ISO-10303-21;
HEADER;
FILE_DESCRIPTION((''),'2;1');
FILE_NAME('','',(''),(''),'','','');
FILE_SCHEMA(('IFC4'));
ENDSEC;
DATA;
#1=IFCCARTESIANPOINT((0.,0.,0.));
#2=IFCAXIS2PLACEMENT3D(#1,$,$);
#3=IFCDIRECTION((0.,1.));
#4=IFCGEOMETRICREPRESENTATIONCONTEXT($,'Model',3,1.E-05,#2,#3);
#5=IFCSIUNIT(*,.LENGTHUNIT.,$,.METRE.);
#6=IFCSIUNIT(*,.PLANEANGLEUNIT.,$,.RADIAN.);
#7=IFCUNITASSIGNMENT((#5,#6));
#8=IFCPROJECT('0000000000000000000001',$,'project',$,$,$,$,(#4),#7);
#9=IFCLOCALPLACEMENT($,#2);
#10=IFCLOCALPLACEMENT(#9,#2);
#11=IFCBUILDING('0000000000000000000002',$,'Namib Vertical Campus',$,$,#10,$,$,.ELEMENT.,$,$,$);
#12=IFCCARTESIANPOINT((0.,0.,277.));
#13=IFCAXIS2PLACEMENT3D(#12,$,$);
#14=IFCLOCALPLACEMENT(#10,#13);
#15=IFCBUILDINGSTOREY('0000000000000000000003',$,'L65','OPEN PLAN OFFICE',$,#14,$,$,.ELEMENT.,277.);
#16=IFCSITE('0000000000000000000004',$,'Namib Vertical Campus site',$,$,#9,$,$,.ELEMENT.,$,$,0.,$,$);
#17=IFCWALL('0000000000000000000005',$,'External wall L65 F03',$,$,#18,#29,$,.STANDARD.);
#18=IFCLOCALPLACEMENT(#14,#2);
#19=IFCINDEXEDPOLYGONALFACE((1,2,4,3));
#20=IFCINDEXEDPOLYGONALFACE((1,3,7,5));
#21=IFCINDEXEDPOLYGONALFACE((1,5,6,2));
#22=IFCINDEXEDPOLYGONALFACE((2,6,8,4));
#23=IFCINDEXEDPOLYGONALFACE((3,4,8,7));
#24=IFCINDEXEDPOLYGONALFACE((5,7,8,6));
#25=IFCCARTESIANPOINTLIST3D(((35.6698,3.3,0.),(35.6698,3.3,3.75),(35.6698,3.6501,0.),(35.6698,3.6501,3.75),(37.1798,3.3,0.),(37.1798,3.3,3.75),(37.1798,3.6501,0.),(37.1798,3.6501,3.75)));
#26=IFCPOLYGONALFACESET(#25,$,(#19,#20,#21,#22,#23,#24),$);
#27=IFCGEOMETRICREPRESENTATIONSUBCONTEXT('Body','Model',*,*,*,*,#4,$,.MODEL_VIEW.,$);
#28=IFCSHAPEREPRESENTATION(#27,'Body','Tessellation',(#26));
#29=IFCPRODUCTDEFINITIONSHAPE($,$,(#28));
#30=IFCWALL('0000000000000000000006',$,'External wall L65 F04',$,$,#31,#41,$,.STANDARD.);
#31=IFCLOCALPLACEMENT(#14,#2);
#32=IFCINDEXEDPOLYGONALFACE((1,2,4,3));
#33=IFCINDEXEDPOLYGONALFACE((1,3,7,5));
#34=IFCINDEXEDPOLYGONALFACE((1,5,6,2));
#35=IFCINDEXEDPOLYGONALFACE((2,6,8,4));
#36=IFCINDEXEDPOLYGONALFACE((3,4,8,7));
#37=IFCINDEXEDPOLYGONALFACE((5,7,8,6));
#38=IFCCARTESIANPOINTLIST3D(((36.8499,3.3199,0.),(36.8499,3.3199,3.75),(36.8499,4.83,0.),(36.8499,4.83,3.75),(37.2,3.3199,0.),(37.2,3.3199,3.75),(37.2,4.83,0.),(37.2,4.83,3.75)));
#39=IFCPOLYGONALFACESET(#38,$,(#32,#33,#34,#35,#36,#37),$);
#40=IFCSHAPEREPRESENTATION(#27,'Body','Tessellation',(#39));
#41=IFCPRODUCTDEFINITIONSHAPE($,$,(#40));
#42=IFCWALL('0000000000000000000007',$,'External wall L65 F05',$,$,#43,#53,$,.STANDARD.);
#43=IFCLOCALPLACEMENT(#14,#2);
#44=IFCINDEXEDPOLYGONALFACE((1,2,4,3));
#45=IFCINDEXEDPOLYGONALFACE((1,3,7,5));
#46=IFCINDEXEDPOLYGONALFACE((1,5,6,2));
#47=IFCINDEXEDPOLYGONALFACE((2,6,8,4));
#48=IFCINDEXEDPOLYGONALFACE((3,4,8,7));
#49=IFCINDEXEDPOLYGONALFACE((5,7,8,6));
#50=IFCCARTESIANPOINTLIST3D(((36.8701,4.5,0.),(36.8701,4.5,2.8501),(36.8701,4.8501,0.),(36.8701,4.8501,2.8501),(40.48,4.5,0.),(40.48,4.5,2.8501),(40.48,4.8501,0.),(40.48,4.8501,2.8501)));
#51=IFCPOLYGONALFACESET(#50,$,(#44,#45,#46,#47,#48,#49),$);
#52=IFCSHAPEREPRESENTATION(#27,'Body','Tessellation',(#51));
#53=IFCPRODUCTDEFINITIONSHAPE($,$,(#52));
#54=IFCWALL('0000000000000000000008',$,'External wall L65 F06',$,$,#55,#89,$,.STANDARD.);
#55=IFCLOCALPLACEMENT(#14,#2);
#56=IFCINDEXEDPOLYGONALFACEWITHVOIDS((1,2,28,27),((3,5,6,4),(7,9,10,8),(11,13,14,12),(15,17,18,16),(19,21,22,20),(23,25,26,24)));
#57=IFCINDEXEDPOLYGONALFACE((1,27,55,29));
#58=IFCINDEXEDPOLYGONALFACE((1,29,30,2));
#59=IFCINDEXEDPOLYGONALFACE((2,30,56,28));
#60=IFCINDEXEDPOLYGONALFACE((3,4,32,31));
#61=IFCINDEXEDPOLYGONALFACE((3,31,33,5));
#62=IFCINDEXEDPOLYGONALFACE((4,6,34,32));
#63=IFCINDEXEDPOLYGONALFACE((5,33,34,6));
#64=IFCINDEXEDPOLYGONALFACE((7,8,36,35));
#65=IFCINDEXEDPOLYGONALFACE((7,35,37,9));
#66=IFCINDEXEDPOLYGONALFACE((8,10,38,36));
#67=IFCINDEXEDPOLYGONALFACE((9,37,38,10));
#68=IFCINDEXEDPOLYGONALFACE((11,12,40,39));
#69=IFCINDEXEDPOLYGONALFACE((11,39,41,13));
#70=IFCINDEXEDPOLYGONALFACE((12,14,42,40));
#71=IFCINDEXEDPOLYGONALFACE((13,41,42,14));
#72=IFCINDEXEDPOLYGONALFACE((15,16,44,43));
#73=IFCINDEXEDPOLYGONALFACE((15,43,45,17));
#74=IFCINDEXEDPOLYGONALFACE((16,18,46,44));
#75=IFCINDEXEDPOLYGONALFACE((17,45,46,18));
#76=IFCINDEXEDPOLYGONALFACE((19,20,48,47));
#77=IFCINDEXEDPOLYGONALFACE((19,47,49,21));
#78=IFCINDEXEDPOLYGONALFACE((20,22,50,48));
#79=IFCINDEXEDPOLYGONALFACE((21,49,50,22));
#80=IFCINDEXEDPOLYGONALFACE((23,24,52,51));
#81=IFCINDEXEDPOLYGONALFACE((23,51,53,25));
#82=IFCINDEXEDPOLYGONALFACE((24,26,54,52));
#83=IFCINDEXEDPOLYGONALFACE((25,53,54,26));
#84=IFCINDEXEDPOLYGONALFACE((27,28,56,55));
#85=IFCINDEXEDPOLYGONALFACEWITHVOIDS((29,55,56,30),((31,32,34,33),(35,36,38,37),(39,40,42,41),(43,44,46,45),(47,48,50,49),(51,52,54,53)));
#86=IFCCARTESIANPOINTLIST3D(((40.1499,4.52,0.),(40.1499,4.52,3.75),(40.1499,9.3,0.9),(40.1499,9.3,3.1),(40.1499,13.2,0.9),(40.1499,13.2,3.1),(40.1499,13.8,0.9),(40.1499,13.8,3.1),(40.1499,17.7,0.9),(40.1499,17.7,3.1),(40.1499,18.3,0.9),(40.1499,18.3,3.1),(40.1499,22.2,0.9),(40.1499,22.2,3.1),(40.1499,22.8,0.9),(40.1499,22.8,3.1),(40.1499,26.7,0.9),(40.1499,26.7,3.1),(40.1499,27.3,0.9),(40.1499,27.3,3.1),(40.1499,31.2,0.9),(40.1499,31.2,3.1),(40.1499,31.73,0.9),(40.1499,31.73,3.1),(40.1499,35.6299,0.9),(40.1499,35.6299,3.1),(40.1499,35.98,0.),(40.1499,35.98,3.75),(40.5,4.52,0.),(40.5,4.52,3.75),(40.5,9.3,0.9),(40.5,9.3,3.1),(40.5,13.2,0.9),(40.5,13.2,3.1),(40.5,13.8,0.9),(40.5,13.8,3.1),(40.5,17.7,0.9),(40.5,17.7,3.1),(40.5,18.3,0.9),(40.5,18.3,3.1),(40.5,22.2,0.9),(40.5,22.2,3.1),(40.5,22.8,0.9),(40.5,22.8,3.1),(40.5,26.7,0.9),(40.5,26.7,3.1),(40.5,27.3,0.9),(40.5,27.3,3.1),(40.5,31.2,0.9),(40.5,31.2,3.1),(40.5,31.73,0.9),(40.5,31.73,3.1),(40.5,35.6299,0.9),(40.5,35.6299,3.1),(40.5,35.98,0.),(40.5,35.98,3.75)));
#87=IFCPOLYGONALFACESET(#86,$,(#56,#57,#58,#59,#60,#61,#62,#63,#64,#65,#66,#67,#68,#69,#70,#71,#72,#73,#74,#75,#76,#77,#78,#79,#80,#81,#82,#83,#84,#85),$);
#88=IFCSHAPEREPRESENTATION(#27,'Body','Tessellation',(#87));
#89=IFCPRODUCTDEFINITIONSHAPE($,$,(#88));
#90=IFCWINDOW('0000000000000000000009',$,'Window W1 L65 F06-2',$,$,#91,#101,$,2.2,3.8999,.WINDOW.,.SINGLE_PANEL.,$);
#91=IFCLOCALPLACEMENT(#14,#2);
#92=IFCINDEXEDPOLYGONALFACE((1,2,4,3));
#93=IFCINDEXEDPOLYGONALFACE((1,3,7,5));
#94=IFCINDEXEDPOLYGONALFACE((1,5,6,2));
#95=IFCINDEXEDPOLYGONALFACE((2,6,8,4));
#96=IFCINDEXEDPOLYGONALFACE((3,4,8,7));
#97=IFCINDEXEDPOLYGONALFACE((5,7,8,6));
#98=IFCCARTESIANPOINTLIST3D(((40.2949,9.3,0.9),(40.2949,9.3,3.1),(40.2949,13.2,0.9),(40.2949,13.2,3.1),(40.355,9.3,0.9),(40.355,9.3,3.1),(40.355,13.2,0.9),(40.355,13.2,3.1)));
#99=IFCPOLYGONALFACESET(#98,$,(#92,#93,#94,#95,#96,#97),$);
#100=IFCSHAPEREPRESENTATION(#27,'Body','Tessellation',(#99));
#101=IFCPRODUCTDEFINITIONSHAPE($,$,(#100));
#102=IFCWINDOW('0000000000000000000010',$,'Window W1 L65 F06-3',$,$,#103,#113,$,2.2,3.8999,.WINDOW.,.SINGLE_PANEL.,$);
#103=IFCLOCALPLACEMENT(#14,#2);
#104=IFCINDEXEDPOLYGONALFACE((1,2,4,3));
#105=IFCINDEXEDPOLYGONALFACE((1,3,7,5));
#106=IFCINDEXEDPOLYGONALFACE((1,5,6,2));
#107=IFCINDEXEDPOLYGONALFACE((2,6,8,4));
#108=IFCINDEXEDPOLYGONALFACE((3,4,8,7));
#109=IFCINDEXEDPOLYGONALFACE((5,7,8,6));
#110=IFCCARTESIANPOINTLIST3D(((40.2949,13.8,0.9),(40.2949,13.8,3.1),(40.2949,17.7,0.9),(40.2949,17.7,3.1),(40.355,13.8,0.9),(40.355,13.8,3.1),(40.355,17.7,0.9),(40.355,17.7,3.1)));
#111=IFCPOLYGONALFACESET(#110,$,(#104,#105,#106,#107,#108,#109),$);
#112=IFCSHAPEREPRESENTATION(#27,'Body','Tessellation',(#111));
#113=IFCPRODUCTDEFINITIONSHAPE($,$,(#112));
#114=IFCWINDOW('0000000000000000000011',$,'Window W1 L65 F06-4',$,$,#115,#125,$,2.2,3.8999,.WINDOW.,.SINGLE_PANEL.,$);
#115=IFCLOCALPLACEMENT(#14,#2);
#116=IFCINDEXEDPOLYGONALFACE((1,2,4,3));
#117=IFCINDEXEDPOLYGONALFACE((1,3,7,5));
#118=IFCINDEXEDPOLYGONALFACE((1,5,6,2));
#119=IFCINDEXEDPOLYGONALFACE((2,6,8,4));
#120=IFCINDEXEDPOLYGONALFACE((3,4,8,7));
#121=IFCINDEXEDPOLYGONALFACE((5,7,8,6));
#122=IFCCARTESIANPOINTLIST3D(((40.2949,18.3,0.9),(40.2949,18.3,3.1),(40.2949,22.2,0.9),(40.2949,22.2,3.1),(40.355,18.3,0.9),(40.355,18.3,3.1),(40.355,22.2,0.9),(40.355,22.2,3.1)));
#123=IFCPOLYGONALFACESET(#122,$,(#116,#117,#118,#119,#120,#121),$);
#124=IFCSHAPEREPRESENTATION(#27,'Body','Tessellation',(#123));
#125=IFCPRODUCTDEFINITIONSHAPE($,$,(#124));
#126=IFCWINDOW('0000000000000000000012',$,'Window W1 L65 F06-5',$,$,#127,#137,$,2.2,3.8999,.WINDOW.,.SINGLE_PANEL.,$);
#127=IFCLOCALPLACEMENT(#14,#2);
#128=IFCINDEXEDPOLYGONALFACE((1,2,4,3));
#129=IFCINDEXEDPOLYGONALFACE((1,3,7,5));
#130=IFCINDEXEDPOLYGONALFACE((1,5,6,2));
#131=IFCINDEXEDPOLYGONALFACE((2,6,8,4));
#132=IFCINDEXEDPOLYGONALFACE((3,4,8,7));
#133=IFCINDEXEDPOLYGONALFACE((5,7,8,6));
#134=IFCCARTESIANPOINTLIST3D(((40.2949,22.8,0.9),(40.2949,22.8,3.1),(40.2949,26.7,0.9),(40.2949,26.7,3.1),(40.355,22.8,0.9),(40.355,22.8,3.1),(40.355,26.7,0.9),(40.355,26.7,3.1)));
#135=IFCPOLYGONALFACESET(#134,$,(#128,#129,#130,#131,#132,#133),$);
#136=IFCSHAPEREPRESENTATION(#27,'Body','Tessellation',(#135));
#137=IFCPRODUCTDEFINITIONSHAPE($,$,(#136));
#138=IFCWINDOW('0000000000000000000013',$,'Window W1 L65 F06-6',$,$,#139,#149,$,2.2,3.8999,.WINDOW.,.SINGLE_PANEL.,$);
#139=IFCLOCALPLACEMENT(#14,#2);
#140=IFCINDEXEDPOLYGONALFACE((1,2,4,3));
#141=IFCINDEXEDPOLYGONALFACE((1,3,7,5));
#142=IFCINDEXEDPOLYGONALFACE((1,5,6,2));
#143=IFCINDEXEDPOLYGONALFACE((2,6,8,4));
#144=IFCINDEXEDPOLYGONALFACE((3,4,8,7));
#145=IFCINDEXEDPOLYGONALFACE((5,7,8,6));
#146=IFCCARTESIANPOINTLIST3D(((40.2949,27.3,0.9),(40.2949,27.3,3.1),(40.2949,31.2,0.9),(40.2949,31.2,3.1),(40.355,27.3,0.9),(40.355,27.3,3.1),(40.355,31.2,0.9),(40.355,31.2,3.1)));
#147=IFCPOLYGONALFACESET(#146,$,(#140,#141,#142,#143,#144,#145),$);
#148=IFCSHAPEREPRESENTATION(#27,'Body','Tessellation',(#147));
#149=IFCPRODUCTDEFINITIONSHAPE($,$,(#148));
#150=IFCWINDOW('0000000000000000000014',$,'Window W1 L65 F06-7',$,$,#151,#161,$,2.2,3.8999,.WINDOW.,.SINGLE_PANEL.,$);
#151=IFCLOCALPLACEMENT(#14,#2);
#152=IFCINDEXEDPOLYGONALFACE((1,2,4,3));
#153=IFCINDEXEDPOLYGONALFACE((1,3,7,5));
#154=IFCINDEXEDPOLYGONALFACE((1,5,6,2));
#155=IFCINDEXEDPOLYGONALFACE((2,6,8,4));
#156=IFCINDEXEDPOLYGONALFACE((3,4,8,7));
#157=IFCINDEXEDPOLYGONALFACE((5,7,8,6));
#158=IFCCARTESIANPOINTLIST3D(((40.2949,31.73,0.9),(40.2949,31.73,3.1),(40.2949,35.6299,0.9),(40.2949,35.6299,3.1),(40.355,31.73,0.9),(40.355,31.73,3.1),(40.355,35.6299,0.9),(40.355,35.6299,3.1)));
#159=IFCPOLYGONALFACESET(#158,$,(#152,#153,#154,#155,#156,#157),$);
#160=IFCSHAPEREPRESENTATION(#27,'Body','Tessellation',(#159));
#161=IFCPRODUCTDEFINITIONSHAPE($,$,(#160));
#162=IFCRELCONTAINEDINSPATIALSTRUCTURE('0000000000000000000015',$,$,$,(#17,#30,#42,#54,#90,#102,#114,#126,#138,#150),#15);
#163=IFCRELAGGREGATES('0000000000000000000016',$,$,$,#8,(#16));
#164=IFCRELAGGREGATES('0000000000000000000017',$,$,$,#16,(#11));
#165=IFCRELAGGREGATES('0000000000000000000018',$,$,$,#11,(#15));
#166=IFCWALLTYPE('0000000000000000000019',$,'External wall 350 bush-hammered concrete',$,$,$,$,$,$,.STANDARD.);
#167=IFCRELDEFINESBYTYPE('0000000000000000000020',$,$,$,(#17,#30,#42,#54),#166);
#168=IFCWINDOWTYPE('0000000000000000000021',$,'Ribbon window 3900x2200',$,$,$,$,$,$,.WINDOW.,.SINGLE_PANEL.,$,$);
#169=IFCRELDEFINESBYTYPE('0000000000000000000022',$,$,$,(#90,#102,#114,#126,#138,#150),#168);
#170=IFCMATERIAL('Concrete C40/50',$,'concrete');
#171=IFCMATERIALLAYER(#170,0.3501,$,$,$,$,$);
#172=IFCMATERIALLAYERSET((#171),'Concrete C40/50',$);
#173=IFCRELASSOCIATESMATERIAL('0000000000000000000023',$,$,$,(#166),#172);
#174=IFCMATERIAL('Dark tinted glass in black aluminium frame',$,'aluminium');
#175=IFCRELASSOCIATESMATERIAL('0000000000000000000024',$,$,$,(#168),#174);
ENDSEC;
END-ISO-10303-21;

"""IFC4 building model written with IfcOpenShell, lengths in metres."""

from ifc_helpers import new_model, si_unit, direction, frame, frame_2d, origin, place, context, subcontext, project, spatial, rectangle, extrude, material, layer, layer_set, type_object, element, fill, save


model = new_model("IFC4")

# Units and contexts
model_context = context("Model", 3, precision=1e-05, world=origin(), true_north=direction((0.0, 1.0)))
body_context = subcontext(model_context, "Body", "Model", "MODEL_VIEW")
ifc_project = project(units=[si_unit("LENGTHUNIT", "METRE"), si_unit("PLANEANGLEUNIT", "RADIAN")], contexts=[model_context])

# Site, building, storey
site_placement = place(None, origin())
site = spatial("IfcSite", under=ifc_project, at=site_placement, Name="Namib Vertical Campus site", CompositionType="ELEMENT", RefElevation=0.0)
building_placement = place(site_placement, origin())
building = spatial("IfcBuilding", under=site, at=building_placement, Name="Namib Vertical Campus", CompositionType="ELEMENT")
storey_placement = place(building_placement, frame((0.0, 0.0, 277.0)))
storey = spatial("IfcBuildingStorey", under=building, at=storey_placement, Name="L65", Description="OPEN PLAN OFFICE", CompositionType="ELEMENT", Elevation=277.0)

# Walls
ifc_material_1 = material(Name="Concrete C40/50", Category="concrete")
ifc_layer_1 = layer(ifc_material_1, 0.3501)
ifc_layer_set_1 = layer_set([ifc_layer_1], Name="Concrete C40/50")
wall_type = type_object("IfcWallType", Name="External wall 350 bush-hammered concrete", PredefinedType="STANDARD", material=ifc_layer_set_1)
for number, where, z_axis, x_axis, name in (
    (1, (35.6699, 3.4751, 0.0), (0.0, 0.0, 1.0), (1.0, 0.0, 0.0), "External wall L65 F03"),
    (2, (37.0249, 3.3201, 0.0), (0.0, 0.0, 1.0), (0.0, 1.0, 0.0), "External wall L65 F04"),
):
    element("IfcWall", number, at=place(storey_placement, frame(where, z_axis=z_axis, x_axis=x_axis)), inside=storey, type_object=wall_type, Name=name, PredefinedType="STANDARD", context=body_context, shape_type="SweptSolid", body=[
        extrude(rectangle(XDim=1.51, YDim=0.3501, at=frame_2d((0.7549, 0.0))), origin(), (0.0, 0.0, 1.0), 3.75),
    ])
wall_1_placement = place(storey_placement, frame((36.8701, 4.675, 0.0), z_axis=(0.0, 0.0, 1.0), x_axis=(1.0, 0.0, 0.0)))
element("IfcWall", 3, at=wall_1_placement, inside=storey, type_object=wall_type, Name="External wall L65 F05", PredefinedType="STANDARD", context=body_context, shape_type="SweptSolid", body=[
    extrude(rectangle(XDim=3.6099, YDim=0.3501, at=frame_2d((1.8049, 0.0))), origin(), (0.0, 0.0, 1.0), 2.8501),
])

# Wall, openings, windows
wall_2_placement = place(storey_placement, frame((40.325, 4.52, 0.0), z_axis=(0.0, 0.0, 1.0), x_axis=(0.0, 1.0, 0.0)))
wall_2 = element("IfcWall", 4, at=wall_2_placement, inside=storey, type_object=wall_type, Name="External wall L65 F06", PredefinedType="STANDARD", context=body_context, shape_type="SweptSolid", body=[
    extrude(rectangle(XDim=31.46, YDim=0.3501, at=frame_2d((15.73, 0.0))), origin(), (0.0, 0.0, 1.0), 3.75),
])
opening_1_placement = place(wall_2_placement, frame((4.78, 0.0, 0.8999)))
opening_1 = element("IfcOpeningElement", 5, at=opening_1_placement, cuts=wall_2, PredefinedType="OPENING", context=body_context, shape_type="SweptSolid", body=[
    extrude(rectangle(XDim=3.8999, YDim=2.2, at=frame_2d((1.95, 1.1001))), frame((0.0, 0.1851, 0.0), z_axis=(0.0, -1.0, 0.0), x_axis=(1.0, 0.0, 0.0)), (0.0, 0.0, 1.0), 0.3701),
])
opening_2_placement = place(wall_2_placement, frame((9.28, 0.0, 0.8999)))
opening_2 = element("IfcOpeningElement", 6, at=opening_2_placement, cuts=wall_2, PredefinedType="OPENING", context=body_context, shape_type="SweptSolid", body=[
    extrude(rectangle(XDim=3.8999, YDim=2.2, at=frame_2d((1.95, 1.1001))), frame((0.0, 0.1851, 0.0), z_axis=(0.0, -1.0, 0.0), x_axis=(1.0, 0.0, 0.0)), (0.0, 0.0, 1.0), 0.3701),
])
opening_3_placement = place(wall_2_placement, frame((13.78, 0.0, 0.8999)))
opening_3 = element("IfcOpeningElement", 7, at=opening_3_placement, cuts=wall_2, PredefinedType="OPENING", context=body_context, shape_type="SweptSolid", body=[
    extrude(rectangle(XDim=3.8999, YDim=2.2, at=frame_2d((1.95, 1.1001))), frame((0.0, 0.1851, 0.0), z_axis=(0.0, -1.0, 0.0), x_axis=(1.0, 0.0, 0.0)), (0.0, 0.0, 1.0), 0.3701),
])
opening_4_placement = place(wall_2_placement, frame((18.28, 0.0, 0.8999)))
opening_4 = element("IfcOpeningElement", 8, at=opening_4_placement, cuts=wall_2, PredefinedType="OPENING", context=body_context, shape_type="SweptSolid", body=[
    extrude(rectangle(XDim=3.8999, YDim=2.2, at=frame_2d((1.95, 1.1001))), frame((0.0, 0.1851, 0.0), z_axis=(0.0, -1.0, 0.0), x_axis=(1.0, 0.0, 0.0)), (0.0, 0.0, 1.0), 0.3701),
])
opening_5_placement = place(wall_2_placement, frame((22.78, 0.0, 0.8999)))
opening_5 = element("IfcOpeningElement", 9, at=opening_5_placement, cuts=wall_2, PredefinedType="OPENING", context=body_context, shape_type="SweptSolid", body=[
    extrude(rectangle(XDim=3.8999, YDim=2.2, at=frame_2d((1.95, 1.1001))), frame((0.0, 0.1851, 0.0), z_axis=(0.0, -1.0, 0.0), x_axis=(1.0, 0.0, 0.0)), (0.0, 0.0, 1.0), 0.3701),
])
opening_6_placement = place(wall_2_placement, frame((27.21, 0.0, 0.8999)))
opening_6 = element("IfcOpeningElement", 10, at=opening_6_placement, cuts=wall_2, PredefinedType="OPENING", context=body_context, shape_type="SweptSolid", body=[
    extrude(rectangle(XDim=3.8999, YDim=2.2, at=frame_2d((1.95, 1.1001))), frame((0.0, 0.1851, 0.0), z_axis=(0.0, -1.0, 0.0), x_axis=(1.0, 0.0, 0.0)), (0.0, 0.0, 1.0), 0.3701),
])
ifc_material_2 = material(Name="Dark tinted glass in black aluminium frame", Category="aluminium")
window_type = type_object("IfcWindowType", Name="Ribbon window 3900x2200", PartitioningType="SINGLE_PANEL", PredefinedType="WINDOW", material=ifc_material_2)
window_1_placement = place(opening_1_placement, origin())
window_1 = element("IfcWindow", 11, at=window_1_placement, inside=storey, type_object=window_type, Name="Window W1 L65 F06-2", OverallHeight=2.2, OverallWidth=3.8999, PartitioningType="SINGLE_PANEL", PredefinedType="WINDOW", context=body_context, shape_type="SweptSolid", body=[
    extrude(rectangle(XDim=3.8999, YDim=2.2, at=frame_2d((1.95, 1.1001))), frame((0.0, 0.03, 0.0), z_axis=(0.0, -1.0, 0.0), x_axis=(1.0, 0.0, 0.0)), (0.0, 0.0, 1.0), 0.0601),
])
fill(opening_1, window_1)
window_2_placement = place(opening_2_placement, origin())
window_2 = element("IfcWindow", 12, at=window_2_placement, inside=storey, type_object=window_type, Name="Window W1 L65 F06-3", OverallHeight=2.2, OverallWidth=3.8999, PartitioningType="SINGLE_PANEL", PredefinedType="WINDOW", context=body_context, shape_type="SweptSolid", body=[
    extrude(rectangle(XDim=3.8999, YDim=2.2, at=frame_2d((1.95, 1.1001))), frame((0.0, 0.03, 0.0), z_axis=(0.0, -1.0, 0.0), x_axis=(1.0, 0.0, 0.0)), (0.0, 0.0, 1.0), 0.0601),
])
fill(opening_2, window_2)
window_3_placement = place(opening_3_placement, origin())
window_3 = element("IfcWindow", 13, at=window_3_placement, inside=storey, type_object=window_type, Name="Window W1 L65 F06-4", OverallHeight=2.2, OverallWidth=3.8999, PartitioningType="SINGLE_PANEL", PredefinedType="WINDOW", context=body_context, shape_type="SweptSolid", body=[
    extrude(rectangle(XDim=3.8999, YDim=2.2, at=frame_2d((1.95, 1.1001))), frame((0.0, 0.03, 0.0), z_axis=(0.0, -1.0, 0.0), x_axis=(1.0, 0.0, 0.0)), (0.0, 0.0, 1.0), 0.0601),
])
fill(opening_3, window_3)
window_4_placement = place(opening_4_placement, origin())
window_4 = element("IfcWindow", 14, at=window_4_placement, inside=storey, type_object=window_type, Name="Window W1 L65 F06-5", OverallHeight=2.2, OverallWidth=3.8999, PartitioningType="SINGLE_PANEL", PredefinedType="WINDOW", context=body_context, shape_type="SweptSolid", body=[
    extrude(rectangle(XDim=3.8999, YDim=2.2, at=frame_2d((1.95, 1.1001))), frame((0.0, 0.03, 0.0), z_axis=(0.0, -1.0, 0.0), x_axis=(1.0, 0.0, 0.0)), (0.0, 0.0, 1.0), 0.0601),
])
fill(opening_4, window_4)
window_5_placement = place(opening_5_placement, origin())
window_5 = element("IfcWindow", 15, at=window_5_placement, inside=storey, type_object=window_type, Name="Window W1 L65 F06-6", OverallHeight=2.2, OverallWidth=3.8999, PartitioningType="SINGLE_PANEL", PredefinedType="WINDOW", context=body_context, shape_type="SweptSolid", body=[
    extrude(rectangle(XDim=3.8999, YDim=2.2, at=frame_2d((1.95, 1.1001))), frame((0.0, 0.03, 0.0), z_axis=(0.0, -1.0, 0.0), x_axis=(1.0, 0.0, 0.0)), (0.0, 0.0, 1.0), 0.0601),
])
fill(opening_5, window_5)
window_6_placement = place(opening_6_placement, origin())
window_6 = element("IfcWindow", 16, at=window_6_placement, inside=storey, type_object=window_type, Name="Window W1 L65 F06-7", OverallHeight=2.2, OverallWidth=3.8999, PartitioningType="SINGLE_PANEL", PredefinedType="WINDOW", context=body_context, shape_type="SweptSolid", body=[
    extrude(rectangle(XDim=3.8999, YDim=2.2, at=frame_2d((1.95, 1.1001))), frame((0.0, 0.03, 0.0), z_axis=(0.0, -1.0, 0.0), x_axis=(1.0, 0.0, 0.0)), (0.0, 0.0, 1.0), 0.0601),
])
fill(opening_6, window_6)

save(model, "model.ifc")
